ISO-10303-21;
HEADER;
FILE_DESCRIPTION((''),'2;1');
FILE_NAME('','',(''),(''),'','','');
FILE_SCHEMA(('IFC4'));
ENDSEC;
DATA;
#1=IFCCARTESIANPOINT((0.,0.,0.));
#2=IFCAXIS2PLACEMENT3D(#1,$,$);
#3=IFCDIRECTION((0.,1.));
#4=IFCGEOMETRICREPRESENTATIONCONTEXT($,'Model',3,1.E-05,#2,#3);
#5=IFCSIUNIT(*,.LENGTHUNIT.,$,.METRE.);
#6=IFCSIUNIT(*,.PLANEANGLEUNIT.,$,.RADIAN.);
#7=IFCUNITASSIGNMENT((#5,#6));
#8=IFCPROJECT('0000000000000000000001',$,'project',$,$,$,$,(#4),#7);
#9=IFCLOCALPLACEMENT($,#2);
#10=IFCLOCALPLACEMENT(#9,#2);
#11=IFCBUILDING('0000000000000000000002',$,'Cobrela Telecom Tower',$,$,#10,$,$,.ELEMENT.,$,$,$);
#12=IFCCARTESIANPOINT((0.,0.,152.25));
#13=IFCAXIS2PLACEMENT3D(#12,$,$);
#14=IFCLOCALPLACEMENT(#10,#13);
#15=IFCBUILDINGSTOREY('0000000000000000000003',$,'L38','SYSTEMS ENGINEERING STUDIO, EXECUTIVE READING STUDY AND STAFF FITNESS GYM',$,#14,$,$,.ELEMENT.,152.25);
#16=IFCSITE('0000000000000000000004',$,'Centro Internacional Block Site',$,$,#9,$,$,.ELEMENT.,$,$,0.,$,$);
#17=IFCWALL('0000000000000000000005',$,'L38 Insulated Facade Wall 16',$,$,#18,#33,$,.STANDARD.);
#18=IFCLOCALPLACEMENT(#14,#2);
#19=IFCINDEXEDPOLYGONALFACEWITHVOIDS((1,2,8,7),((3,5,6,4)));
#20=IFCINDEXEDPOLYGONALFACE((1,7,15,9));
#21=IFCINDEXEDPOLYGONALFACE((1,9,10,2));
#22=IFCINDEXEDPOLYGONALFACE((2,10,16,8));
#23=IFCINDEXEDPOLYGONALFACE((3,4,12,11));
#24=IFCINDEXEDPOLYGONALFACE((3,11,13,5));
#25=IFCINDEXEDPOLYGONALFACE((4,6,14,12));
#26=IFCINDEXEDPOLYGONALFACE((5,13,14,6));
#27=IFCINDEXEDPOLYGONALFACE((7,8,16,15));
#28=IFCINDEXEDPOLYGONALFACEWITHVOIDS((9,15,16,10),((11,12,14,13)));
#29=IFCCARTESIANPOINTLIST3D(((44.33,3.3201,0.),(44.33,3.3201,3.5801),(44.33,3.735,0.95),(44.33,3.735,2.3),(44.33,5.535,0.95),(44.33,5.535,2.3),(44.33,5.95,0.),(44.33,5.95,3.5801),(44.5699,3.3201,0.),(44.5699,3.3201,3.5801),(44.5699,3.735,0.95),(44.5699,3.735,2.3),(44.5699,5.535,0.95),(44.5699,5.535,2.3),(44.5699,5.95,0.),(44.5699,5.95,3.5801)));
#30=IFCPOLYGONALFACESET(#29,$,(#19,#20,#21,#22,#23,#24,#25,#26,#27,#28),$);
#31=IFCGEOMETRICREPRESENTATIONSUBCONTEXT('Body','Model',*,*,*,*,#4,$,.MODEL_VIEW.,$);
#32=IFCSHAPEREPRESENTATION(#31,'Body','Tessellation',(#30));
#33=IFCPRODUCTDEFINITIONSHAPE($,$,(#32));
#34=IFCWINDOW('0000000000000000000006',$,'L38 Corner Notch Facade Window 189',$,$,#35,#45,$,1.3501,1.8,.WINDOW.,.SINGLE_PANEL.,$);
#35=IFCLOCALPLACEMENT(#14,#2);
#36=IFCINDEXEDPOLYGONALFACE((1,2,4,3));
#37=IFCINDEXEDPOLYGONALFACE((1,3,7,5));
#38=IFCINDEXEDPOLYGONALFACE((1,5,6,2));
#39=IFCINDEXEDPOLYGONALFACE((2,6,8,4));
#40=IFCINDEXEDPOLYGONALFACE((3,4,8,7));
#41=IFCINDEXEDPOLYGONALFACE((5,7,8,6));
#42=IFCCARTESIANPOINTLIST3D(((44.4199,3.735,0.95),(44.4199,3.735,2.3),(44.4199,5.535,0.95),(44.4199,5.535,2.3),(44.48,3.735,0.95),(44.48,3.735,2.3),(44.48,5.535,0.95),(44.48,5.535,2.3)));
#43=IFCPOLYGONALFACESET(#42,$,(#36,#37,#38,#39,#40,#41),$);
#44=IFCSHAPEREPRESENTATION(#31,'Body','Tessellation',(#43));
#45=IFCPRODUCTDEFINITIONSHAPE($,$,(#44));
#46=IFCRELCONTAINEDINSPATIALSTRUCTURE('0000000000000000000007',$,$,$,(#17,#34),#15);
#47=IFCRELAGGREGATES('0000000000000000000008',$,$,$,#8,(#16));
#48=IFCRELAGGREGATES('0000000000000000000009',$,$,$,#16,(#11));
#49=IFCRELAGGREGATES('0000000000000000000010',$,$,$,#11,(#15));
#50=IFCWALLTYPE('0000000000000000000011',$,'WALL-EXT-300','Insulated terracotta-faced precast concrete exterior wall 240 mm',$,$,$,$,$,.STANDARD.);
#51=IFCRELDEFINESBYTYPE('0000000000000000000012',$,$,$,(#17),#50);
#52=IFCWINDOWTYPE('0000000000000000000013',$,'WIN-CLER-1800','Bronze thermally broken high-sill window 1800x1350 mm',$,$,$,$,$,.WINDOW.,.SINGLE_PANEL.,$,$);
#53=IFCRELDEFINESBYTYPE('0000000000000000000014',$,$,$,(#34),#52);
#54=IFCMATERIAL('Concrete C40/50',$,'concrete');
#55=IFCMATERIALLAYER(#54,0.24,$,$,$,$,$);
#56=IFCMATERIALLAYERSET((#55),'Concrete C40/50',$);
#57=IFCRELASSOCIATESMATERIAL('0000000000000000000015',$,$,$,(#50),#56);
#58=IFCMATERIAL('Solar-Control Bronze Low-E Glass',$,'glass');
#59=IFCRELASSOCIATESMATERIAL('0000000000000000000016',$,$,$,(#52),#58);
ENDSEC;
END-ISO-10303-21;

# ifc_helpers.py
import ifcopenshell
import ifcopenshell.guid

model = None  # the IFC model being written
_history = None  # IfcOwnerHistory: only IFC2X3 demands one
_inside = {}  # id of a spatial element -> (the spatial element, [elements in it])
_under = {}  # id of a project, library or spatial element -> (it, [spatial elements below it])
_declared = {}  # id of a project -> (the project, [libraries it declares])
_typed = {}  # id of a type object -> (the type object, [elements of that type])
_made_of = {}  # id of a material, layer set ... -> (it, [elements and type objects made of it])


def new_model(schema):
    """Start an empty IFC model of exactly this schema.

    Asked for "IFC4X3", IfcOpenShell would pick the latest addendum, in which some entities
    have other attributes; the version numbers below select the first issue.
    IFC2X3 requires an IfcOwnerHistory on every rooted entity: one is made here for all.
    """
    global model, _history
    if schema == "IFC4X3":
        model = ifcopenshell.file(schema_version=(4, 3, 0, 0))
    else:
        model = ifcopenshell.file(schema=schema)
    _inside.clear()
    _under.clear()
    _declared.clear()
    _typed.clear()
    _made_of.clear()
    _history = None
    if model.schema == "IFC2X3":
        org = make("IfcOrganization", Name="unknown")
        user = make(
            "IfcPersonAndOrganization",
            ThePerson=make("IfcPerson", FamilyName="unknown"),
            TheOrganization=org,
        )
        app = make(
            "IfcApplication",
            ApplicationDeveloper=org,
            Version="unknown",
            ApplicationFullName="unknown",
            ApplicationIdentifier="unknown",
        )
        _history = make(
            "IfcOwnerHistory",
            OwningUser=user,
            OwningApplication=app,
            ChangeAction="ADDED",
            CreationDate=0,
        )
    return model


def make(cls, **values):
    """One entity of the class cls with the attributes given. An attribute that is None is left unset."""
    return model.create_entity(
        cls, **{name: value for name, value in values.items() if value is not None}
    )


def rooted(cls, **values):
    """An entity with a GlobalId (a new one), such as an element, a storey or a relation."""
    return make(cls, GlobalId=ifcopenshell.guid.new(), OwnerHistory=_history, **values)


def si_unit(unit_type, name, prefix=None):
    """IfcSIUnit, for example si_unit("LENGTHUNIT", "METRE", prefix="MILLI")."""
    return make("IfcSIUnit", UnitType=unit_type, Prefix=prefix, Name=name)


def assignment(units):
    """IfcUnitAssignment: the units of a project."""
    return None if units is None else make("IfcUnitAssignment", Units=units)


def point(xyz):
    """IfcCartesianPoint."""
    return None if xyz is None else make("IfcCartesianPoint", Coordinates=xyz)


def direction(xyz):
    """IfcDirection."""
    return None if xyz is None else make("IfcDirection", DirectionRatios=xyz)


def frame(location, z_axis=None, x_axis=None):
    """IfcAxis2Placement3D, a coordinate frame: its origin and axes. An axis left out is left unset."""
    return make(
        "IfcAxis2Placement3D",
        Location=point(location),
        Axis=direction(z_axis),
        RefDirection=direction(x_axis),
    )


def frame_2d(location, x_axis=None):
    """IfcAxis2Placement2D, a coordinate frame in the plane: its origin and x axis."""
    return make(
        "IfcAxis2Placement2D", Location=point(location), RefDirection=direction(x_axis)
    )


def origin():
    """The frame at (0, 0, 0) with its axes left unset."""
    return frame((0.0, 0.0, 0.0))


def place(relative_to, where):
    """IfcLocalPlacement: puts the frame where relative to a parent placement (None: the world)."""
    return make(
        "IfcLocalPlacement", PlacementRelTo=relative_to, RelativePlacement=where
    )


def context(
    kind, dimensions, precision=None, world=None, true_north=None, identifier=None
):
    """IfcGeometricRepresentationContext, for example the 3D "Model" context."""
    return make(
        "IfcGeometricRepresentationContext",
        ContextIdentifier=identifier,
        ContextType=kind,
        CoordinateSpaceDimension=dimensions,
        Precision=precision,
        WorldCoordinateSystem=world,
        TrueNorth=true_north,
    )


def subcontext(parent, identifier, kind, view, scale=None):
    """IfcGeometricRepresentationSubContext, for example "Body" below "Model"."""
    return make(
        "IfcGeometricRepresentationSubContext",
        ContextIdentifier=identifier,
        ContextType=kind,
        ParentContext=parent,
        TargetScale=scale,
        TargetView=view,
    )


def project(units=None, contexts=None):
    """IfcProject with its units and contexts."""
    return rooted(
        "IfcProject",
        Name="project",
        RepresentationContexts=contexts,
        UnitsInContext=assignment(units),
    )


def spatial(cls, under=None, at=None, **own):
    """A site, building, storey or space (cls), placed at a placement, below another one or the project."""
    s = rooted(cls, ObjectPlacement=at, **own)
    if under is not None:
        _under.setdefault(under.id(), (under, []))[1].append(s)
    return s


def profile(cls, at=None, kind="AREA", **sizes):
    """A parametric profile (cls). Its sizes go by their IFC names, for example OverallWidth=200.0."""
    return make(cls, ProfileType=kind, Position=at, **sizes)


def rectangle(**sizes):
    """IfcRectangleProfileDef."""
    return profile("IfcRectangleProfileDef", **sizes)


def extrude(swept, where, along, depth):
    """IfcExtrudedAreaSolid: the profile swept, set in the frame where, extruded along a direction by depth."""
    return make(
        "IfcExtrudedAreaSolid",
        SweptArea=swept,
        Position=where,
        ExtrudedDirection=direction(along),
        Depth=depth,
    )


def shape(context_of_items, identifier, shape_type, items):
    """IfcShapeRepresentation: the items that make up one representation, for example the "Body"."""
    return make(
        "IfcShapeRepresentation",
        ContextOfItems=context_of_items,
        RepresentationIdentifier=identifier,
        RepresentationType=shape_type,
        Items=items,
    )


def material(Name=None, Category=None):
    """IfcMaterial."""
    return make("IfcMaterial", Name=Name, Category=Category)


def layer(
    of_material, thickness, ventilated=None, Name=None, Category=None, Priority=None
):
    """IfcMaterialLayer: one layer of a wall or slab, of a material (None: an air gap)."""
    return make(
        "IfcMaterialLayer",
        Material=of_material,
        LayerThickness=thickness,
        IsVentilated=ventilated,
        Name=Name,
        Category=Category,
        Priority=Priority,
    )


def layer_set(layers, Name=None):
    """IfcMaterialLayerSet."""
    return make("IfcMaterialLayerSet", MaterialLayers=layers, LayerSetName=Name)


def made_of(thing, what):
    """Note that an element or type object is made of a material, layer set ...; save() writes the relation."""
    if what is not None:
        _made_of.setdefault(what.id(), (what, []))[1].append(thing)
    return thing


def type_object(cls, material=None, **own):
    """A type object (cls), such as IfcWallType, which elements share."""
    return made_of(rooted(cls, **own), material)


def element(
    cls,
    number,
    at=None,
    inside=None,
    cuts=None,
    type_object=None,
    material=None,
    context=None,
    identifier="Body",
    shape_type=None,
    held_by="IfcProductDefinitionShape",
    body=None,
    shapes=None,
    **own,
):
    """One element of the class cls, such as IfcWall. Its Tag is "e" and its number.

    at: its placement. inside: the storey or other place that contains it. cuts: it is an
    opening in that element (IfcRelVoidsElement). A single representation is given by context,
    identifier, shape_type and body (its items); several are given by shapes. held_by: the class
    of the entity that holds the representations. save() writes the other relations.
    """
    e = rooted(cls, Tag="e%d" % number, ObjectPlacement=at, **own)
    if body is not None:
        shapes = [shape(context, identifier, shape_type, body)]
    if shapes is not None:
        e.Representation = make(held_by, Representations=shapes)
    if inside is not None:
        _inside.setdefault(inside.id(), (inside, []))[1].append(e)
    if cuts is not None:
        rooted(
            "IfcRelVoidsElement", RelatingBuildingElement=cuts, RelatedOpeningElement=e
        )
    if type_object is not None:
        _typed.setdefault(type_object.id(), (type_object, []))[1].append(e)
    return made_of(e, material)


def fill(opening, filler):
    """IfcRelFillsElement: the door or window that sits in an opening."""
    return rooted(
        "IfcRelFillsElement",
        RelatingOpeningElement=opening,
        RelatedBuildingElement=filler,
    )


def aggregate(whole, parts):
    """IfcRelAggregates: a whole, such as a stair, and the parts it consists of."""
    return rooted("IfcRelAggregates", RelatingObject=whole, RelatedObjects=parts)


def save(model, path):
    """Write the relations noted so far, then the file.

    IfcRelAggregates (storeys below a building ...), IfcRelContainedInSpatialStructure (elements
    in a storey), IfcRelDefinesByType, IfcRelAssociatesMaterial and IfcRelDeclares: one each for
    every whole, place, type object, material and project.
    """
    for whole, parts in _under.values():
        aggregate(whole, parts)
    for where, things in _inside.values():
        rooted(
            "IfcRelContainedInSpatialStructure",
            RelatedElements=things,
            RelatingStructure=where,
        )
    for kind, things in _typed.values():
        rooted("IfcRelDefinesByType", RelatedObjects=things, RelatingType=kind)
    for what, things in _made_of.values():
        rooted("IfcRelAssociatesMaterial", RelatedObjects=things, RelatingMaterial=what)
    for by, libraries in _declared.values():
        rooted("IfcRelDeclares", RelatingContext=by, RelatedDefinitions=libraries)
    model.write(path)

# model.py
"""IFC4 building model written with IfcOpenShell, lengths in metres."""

from ifc_helpers import new_model, si_unit, direction, frame, frame_2d, origin, place, context, subcontext, project, spatial, rectangle, extrude, material, layer, layer_set, type_object, element, fill, save


model = new_model("IFC4")

# Units and contexts
model_context = context("Model", 3, precision=1e-05, world=origin(), true_north=direction((0.0, 1.0)))
body_context = subcontext(model_context, "Body", "Model", "MODEL_VIEW")
ifc_project = project(units=[si_unit("LENGTHUNIT", "METRE"), si_unit("PLANEANGLEUNIT", "RADIAN")], contexts=[model_context])

# Site, building, storey
site_placement = place(None, origin())
site = spatial("IfcSite", under=ifc_project, at=site_placement, Name="Centro Internacional Block Site", CompositionType="ELEMENT", RefElevation=0.0)
building_placement = place(site_placement, origin())
building = spatial("IfcBuilding", under=site, at=building_placement, Name="Cobrela Telecom Tower", CompositionType="ELEMENT")
storey_placement = place(building_placement, frame((0.0, 0.0, 152.25)))
storey = spatial("IfcBuildingStorey", under=building, at=storey_placement, Name="L38", Description="SYSTEMS ENGINEERING STUDIO, EXECUTIVE READING STUDY AND STAFF FITNESS GYM", CompositionType="ELEMENT", Elevation=152.25)

# Shared definitions
ifc_material_1 = material(Name="Solar-Control Bronze Low-E Glass", Category="glass")

# Wall, opening, window
ifc_material_2 = material(Name="Concrete C40/50", Category="concrete")
ifc_layer_1 = layer(ifc_material_2, 0.24)
ifc_layer_set_1 = layer_set([ifc_layer_1], Name="Concrete C40/50")
wall_type = type_object("IfcWallType", Name="WALL-EXT-300", Description="Insulated terracotta-faced precast concrete exterior wall 240 mm", PredefinedType="STANDARD", material=ifc_layer_set_1)
wall_1_placement = place(storey_placement, frame((44.45, 5.95, 0.0), z_axis=(0.0, 0.0, 1.0), x_axis=(0.0, -1.0, 0.0)))
wall_1 = element("IfcWall", 1, at=wall_1_placement, inside=storey, type_object=wall_type, Name="L38 Insulated Facade Wall 16", PredefinedType="STANDARD", context=body_context, shape_type="SweptSolid", body=[
    extrude(rectangle(XDim=2.6299, YDim=0.24, at=frame_2d((1.3149, 0.0))), origin(), (0.0, 0.0, 1.0), 3.5801),
])
opening_1_placement = place(wall_1_placement, frame((0.415, 0.0, 0.95)))
opening_1 = element("IfcOpeningElement", 2, at=opening_1_placement, cuts=wall_1, PredefinedType="OPENING", context=body_context, shape_type="SweptSolid", body=[
    extrude(rectangle(XDim=1.8, YDim=1.3501, at=frame_2d((0.8999, 0.675))), frame((0.0, 0.1318, 0.0), z_axis=(0.0, -1.0, 0.0), x_axis=(1.0, 0.0, 0.0)), (0.0, 0.0, 1.0), 0.2639),
])
window_type_1 = type_object("IfcWindowType", Name="WIN-CLER-1800", Description="Bronze thermally broken high-sill window 1800x1350 mm", PartitioningType="SINGLE_PANEL", PredefinedType="WINDOW", material=ifc_material_1)
window_1_placement = place(opening_1_placement, origin())
window_1 = element("IfcWindow", 3, at=window_1_placement, inside=storey, type_object=window_type_1, Name="L38 Corner Notch Facade Window 189", OverallHeight=1.3501, OverallWidth=1.8, PartitioningType="SINGLE_PANEL", PredefinedType="WINDOW", context=body_context, shape_type="SweptSolid", body=[
    extrude(rectangle(XDim=1.8, YDim=1.3501, at=frame_2d((0.8999, 0.675))), frame((0.0, 0.03, 0.0), z_axis=(0.0, -1.0, 0.0), x_axis=(1.0, 0.0, 0.0)), (0.0, 0.0, 1.0), 0.0601),
])
fill(opening_1, window_1)

save(model, "model.ifc")
